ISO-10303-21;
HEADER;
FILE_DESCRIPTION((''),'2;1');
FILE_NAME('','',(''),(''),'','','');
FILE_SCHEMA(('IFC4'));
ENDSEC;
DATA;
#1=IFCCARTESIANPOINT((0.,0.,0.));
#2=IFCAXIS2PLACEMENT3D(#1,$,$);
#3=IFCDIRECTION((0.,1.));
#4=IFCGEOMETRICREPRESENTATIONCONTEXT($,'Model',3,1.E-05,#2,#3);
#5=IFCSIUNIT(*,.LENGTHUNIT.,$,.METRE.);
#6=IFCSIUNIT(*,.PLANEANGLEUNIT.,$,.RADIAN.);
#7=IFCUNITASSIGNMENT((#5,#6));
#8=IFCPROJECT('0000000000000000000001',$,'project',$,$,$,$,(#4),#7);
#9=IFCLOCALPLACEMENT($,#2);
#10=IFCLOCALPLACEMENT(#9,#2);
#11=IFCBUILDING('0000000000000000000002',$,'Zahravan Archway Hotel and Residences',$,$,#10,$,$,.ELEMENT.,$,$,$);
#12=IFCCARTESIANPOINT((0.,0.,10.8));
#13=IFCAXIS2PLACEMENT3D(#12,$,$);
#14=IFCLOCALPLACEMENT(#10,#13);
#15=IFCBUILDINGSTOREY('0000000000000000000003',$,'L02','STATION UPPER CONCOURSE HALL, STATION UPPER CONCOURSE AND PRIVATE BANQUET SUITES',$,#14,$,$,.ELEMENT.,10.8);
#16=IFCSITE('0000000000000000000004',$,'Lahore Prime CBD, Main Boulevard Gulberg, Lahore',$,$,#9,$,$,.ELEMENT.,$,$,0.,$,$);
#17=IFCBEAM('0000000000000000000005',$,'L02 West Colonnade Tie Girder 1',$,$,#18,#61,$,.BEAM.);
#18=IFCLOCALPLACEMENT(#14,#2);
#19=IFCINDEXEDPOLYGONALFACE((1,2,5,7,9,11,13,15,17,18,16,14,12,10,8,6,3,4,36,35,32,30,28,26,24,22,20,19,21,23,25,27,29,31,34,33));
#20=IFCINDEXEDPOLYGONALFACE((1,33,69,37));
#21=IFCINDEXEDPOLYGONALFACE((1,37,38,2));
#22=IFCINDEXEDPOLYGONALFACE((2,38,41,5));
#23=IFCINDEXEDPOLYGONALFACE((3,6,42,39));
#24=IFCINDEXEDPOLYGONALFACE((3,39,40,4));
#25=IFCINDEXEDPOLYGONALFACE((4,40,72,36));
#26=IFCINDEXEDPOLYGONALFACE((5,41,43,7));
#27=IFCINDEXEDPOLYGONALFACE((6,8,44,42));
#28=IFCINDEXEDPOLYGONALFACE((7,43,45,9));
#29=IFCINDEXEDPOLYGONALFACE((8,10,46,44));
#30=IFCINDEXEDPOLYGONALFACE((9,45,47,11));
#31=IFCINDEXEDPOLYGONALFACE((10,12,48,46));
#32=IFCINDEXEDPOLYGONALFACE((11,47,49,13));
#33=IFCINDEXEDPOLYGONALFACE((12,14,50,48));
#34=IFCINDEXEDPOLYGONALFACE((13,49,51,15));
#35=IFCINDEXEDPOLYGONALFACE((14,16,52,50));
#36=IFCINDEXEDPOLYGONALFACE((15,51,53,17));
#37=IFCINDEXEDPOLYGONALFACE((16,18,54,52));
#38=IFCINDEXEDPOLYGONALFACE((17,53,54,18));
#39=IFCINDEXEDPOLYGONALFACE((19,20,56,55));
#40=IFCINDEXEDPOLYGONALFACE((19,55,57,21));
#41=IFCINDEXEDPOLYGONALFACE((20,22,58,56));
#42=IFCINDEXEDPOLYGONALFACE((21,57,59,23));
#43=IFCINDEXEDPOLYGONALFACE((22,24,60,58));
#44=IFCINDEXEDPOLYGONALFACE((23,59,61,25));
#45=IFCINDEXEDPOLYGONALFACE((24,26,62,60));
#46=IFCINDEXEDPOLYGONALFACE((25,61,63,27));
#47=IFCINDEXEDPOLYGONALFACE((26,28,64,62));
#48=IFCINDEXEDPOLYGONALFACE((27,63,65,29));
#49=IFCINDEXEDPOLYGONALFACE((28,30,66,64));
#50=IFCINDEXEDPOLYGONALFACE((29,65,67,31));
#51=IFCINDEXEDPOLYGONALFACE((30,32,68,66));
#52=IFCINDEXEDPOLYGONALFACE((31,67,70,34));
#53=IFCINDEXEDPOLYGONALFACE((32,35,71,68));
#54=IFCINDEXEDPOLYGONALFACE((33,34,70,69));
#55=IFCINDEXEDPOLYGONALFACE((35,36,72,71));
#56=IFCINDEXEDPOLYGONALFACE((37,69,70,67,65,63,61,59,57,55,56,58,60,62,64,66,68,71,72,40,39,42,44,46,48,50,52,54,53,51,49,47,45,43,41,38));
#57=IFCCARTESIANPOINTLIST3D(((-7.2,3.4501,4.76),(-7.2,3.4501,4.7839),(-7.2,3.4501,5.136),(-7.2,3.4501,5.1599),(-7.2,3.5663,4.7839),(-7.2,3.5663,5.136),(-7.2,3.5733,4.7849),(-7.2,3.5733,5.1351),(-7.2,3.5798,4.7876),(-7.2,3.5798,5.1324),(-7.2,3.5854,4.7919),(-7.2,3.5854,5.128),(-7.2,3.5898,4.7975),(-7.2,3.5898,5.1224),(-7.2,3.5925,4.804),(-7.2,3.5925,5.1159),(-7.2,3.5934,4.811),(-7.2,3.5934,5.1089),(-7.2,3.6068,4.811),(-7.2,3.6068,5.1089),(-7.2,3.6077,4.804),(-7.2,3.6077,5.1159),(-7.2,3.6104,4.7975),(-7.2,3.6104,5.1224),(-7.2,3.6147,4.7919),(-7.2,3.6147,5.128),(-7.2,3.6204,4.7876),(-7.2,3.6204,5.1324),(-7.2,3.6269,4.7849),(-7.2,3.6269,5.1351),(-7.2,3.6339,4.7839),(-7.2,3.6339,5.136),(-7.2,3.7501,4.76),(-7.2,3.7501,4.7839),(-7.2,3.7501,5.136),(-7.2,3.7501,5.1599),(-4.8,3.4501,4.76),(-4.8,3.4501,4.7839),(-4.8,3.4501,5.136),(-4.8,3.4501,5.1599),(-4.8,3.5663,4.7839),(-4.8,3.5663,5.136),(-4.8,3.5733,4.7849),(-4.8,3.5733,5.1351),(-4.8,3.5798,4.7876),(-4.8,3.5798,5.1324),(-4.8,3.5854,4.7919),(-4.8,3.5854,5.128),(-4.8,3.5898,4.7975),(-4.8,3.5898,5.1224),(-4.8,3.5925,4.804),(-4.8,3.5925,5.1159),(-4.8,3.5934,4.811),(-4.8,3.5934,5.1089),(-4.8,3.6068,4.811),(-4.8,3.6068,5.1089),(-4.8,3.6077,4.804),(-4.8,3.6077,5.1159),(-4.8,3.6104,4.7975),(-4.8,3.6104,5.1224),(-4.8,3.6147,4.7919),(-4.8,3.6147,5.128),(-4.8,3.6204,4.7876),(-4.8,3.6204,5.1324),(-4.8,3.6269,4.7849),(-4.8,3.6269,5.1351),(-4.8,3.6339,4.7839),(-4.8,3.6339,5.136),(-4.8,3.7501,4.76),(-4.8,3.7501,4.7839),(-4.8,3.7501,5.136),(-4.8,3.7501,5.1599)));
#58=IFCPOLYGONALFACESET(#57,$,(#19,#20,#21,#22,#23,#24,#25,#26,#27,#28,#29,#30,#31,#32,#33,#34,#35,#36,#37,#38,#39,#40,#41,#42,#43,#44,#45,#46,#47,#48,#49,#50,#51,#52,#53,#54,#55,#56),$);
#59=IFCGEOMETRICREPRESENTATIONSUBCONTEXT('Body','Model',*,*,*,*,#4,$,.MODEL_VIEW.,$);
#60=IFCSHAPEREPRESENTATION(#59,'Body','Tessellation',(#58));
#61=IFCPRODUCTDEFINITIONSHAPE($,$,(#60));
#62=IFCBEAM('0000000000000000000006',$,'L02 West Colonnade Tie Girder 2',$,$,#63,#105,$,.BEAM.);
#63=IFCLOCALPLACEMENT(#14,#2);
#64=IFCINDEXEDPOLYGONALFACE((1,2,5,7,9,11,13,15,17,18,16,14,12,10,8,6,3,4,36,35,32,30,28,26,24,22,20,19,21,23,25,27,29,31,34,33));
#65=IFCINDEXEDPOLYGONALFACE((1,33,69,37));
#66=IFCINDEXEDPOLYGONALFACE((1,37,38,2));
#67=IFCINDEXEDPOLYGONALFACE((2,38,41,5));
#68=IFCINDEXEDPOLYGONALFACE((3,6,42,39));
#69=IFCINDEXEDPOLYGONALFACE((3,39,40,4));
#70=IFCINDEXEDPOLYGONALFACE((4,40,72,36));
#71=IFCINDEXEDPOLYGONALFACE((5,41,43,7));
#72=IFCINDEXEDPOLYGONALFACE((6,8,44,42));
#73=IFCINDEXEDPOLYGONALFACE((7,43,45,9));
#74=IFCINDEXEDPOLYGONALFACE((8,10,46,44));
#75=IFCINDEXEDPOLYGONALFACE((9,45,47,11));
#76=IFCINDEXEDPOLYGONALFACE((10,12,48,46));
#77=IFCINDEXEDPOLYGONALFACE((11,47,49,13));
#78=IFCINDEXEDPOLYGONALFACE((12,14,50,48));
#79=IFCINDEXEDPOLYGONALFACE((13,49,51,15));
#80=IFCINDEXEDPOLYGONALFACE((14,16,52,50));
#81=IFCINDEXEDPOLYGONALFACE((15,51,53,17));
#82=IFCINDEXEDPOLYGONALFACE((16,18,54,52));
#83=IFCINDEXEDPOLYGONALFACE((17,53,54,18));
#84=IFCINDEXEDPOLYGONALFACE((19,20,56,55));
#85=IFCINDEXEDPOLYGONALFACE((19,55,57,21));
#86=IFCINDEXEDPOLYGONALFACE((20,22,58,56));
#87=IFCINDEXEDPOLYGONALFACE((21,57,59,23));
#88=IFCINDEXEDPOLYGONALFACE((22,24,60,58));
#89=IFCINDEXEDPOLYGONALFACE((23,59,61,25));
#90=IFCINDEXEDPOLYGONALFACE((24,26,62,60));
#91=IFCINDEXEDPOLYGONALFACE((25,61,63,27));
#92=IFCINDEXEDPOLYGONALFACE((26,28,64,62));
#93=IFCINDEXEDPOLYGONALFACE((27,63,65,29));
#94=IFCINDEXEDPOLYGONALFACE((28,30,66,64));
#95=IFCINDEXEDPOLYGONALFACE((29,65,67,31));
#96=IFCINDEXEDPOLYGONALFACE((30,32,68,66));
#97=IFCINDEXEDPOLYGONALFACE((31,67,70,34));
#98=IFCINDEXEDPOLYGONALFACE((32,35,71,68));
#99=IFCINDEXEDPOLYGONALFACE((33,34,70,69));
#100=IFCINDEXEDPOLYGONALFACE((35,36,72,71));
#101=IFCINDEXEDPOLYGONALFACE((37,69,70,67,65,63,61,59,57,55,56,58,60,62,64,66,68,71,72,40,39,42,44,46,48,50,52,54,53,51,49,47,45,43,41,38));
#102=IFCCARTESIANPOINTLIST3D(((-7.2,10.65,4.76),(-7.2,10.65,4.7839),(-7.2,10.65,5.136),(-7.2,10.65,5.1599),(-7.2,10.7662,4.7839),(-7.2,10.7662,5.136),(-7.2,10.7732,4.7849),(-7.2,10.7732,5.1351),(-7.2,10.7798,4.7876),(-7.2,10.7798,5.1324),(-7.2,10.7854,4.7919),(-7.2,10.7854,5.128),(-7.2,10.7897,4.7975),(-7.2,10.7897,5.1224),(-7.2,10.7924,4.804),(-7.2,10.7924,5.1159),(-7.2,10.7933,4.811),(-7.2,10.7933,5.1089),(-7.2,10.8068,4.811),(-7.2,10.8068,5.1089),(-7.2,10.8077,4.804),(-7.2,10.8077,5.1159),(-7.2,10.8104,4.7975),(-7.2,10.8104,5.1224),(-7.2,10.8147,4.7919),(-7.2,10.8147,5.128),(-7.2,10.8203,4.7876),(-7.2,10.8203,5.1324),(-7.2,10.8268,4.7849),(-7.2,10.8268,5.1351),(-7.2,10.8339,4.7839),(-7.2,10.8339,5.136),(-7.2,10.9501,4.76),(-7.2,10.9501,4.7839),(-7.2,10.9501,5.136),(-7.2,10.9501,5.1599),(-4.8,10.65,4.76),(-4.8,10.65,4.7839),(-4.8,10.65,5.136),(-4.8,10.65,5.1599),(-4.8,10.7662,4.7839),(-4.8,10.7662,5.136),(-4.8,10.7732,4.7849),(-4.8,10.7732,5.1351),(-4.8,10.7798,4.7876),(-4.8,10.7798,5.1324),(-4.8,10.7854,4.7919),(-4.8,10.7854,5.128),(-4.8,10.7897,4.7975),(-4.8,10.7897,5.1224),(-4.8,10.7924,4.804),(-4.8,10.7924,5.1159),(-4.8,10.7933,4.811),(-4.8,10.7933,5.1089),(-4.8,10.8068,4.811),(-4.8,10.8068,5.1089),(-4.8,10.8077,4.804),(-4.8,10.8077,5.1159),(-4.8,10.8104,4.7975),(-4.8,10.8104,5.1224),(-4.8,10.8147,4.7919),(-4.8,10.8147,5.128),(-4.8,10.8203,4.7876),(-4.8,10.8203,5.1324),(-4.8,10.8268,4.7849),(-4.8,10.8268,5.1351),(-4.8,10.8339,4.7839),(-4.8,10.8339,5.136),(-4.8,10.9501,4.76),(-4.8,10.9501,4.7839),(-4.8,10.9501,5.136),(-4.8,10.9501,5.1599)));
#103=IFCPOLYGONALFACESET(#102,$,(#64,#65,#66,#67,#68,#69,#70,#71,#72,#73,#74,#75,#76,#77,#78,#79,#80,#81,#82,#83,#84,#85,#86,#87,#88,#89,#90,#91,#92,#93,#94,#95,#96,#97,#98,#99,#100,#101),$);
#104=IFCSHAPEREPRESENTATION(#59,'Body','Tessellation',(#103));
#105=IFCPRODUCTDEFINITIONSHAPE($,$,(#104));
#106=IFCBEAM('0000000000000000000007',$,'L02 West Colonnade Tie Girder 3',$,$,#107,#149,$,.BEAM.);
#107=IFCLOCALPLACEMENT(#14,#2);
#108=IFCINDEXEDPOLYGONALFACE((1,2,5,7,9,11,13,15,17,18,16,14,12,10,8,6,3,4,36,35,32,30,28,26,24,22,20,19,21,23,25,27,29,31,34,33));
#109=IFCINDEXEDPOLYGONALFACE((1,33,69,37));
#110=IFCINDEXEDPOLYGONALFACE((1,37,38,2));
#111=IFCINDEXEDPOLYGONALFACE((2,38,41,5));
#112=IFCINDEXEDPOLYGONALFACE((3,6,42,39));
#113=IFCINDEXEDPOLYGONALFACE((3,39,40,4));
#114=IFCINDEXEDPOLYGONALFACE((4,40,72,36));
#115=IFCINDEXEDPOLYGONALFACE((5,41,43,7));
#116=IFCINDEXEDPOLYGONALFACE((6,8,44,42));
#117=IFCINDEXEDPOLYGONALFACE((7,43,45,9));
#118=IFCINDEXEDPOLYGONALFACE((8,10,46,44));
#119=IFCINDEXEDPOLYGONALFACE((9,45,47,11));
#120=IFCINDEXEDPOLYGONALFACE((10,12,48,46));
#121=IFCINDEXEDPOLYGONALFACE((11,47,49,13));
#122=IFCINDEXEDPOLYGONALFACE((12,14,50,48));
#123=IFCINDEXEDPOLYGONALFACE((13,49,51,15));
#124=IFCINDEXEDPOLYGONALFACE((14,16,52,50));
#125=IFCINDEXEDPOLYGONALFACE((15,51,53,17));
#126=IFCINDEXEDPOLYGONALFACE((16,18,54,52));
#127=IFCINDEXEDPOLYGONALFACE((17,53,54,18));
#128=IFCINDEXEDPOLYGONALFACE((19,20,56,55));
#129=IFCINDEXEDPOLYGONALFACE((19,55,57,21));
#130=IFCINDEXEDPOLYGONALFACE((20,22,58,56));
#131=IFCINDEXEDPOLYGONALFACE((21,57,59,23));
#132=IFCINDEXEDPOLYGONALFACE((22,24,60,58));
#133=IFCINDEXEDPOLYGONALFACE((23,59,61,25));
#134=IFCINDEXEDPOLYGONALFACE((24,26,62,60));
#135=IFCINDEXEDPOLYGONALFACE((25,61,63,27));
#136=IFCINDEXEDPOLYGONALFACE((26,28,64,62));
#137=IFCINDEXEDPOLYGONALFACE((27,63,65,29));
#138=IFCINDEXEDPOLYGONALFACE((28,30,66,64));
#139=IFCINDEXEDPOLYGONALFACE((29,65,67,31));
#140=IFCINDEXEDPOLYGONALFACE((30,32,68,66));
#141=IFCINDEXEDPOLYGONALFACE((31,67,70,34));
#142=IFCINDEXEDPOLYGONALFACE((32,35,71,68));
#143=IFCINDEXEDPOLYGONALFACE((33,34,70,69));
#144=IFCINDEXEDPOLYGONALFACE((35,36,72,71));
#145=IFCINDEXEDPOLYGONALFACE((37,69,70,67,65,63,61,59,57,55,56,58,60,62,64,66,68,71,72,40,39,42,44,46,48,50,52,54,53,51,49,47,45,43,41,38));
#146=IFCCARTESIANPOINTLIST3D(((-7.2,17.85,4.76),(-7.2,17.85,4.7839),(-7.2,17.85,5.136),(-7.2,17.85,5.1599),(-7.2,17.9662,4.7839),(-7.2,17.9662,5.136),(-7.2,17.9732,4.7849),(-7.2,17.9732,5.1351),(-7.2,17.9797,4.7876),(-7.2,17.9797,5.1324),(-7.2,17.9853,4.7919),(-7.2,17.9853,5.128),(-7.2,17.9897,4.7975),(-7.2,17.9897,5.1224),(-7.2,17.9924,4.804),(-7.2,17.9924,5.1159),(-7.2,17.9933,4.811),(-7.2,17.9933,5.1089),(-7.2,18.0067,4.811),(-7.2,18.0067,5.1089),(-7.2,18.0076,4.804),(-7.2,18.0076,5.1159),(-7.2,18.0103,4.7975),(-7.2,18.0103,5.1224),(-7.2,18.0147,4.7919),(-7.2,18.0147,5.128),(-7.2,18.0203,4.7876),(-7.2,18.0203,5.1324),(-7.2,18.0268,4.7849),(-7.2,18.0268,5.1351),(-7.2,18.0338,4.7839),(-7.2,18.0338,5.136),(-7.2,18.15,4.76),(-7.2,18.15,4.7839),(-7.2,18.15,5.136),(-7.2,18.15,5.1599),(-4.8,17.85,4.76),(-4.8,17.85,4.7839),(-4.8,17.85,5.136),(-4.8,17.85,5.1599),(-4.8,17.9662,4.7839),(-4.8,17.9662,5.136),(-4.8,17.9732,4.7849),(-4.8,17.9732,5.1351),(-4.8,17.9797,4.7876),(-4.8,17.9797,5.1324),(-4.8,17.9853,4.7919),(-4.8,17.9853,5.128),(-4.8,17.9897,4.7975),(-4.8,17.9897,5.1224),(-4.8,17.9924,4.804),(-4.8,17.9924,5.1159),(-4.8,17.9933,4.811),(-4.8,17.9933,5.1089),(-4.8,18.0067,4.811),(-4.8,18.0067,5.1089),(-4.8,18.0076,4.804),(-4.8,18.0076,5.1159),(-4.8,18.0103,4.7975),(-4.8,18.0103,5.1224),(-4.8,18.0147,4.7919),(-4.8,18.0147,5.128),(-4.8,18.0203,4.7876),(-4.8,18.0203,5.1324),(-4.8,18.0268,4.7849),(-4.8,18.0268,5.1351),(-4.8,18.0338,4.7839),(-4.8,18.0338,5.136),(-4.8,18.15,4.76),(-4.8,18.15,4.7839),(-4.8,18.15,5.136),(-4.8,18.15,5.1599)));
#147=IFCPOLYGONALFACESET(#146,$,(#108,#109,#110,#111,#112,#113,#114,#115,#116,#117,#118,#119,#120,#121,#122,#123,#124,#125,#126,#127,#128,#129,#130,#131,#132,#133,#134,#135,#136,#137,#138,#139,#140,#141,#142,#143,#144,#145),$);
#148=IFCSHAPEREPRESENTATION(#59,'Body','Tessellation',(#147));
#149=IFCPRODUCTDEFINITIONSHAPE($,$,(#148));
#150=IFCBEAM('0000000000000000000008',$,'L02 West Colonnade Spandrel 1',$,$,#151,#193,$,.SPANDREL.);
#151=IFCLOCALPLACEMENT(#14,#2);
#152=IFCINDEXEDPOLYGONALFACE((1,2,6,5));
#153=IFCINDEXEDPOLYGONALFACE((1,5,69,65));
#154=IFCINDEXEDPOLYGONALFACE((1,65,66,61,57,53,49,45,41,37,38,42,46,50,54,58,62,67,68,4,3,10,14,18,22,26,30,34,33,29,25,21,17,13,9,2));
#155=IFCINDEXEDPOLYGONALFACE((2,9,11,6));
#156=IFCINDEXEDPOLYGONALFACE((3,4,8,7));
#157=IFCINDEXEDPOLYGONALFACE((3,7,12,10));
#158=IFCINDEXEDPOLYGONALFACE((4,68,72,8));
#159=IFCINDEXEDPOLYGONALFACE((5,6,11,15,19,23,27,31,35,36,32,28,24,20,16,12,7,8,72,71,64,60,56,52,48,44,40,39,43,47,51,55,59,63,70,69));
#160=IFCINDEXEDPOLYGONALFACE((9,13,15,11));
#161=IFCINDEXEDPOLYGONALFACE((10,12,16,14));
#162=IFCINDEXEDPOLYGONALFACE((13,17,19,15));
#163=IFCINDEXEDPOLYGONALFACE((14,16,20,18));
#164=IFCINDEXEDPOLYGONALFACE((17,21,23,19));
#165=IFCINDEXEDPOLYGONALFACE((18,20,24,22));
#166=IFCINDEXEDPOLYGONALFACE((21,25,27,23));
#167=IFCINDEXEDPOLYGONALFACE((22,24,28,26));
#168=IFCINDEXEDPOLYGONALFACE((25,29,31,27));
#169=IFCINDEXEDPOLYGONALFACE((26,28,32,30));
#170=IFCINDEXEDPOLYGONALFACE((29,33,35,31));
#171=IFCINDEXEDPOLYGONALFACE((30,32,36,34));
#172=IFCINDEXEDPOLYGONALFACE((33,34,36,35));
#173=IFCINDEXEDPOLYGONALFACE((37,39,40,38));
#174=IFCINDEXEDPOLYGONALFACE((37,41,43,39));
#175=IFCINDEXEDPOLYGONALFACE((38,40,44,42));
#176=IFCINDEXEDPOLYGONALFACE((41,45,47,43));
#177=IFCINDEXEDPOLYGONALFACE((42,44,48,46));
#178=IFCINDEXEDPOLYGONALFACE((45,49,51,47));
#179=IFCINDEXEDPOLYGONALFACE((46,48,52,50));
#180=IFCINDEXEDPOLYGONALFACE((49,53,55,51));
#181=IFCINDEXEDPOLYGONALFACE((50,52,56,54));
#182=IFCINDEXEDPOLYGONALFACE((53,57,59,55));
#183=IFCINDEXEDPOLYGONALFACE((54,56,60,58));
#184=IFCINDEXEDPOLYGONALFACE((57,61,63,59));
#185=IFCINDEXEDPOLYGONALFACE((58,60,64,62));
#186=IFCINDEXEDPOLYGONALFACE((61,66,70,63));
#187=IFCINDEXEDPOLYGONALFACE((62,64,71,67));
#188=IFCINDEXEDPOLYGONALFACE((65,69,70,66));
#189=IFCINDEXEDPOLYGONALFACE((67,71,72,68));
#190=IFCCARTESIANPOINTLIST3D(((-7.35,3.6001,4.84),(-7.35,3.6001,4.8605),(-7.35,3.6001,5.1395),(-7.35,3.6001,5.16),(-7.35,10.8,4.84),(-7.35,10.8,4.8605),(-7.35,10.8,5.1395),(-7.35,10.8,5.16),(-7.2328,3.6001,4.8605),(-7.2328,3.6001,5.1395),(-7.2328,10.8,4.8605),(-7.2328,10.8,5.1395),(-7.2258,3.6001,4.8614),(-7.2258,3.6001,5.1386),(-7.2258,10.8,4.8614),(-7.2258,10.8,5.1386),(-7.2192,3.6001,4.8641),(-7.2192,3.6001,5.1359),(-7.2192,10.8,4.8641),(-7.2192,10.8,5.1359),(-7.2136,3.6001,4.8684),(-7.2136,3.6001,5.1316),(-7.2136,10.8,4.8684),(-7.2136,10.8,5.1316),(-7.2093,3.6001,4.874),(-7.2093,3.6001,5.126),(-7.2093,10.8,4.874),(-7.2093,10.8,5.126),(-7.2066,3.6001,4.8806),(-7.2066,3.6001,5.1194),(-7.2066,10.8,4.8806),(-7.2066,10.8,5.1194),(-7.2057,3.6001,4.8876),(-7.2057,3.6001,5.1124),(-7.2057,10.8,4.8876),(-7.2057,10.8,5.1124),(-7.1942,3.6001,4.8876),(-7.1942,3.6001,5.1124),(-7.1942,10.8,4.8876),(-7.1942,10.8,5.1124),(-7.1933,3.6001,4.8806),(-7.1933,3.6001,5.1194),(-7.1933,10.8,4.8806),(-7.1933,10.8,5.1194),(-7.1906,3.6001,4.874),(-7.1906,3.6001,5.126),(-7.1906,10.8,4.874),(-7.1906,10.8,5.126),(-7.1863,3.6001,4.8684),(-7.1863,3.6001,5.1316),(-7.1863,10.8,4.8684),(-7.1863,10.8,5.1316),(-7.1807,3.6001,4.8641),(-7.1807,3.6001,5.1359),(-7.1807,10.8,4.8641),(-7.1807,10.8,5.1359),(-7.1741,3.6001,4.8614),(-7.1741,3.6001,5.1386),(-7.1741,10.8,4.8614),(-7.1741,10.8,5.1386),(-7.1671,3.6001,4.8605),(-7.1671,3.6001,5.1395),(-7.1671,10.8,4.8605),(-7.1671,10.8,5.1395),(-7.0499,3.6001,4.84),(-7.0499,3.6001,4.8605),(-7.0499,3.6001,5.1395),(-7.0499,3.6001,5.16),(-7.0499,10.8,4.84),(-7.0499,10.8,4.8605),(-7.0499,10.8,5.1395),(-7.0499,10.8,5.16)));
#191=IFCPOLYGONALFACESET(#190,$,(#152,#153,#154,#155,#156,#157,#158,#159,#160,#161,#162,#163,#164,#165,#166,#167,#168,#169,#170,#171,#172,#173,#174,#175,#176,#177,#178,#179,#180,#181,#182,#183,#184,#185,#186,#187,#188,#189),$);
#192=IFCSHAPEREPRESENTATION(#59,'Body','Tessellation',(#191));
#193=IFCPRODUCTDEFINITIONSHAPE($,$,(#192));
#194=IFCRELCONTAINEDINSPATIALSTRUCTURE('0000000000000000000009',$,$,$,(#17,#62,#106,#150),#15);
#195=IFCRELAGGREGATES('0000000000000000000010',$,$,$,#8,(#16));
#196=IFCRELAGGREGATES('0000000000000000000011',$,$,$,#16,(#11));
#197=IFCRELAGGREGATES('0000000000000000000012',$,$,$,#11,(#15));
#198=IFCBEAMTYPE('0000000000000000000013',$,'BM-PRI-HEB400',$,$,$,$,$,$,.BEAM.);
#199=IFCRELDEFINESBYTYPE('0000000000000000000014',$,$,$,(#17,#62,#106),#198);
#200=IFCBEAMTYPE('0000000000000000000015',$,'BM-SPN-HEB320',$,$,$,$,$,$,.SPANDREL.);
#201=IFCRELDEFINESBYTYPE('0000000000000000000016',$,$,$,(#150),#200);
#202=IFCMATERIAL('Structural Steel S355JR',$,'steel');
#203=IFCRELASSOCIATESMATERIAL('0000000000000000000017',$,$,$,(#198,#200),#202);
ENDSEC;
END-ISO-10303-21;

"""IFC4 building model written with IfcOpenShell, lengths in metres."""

from ifc_helpers import new_model, si_unit, direction, frame, origin, origin_2d, place, context, subcontext, project, spatial, i_section, extrude, source, transform, mapped, material, material_profile, profile_set, type_object, type_shapes, element, save


model = new_model("IFC4")

# Units and contexts
model_context = context("Model", 3, precision=1e-05, world=origin(), true_north=direction((0.0, 1.0)))
body_context = subcontext(model_context, "Body", "Model", "MODEL_VIEW")
ifc_project = project(units=[si_unit("LENGTHUNIT", "METRE"), si_unit("PLANEANGLEUNIT", "RADIAN")], contexts=[model_context])

# Site, building, storey
site_placement = place(None, origin())
site = spatial("IfcSite", under=ifc_project, at=site_placement, Name="Lahore Prime CBD, Main Boulevard Gulberg, Lahore", CompositionType="ELEMENT", RefElevation=0.0)
building_placement = place(site_placement, origin())
building = spatial("IfcBuilding", under=site, at=building_placement, Name="Zahravan Archway Hotel and Residences", CompositionType="ELEMENT")
storey_placement = place(building_placement, frame((0.0, 0.0, 10.8)))
storey = spatial("IfcBuildingStorey", under=building, at=storey_placement, Name="L02", Description="STATION UPPER CONCOURSE HALL, STATION UPPER CONCOURSE AND PRIVATE BANQUET SUITES", CompositionType="ELEMENT", Elevation=10.8)

# Beams
ifc_material_1 = material(Name="Structural Steel S355JR", Category="steel")
ifc_material_profile_1 = material_profile(ifc_material_1, i_section(OverallWidth=0.3, OverallDepth=0.3999, WebThickness=0.0134, FlangeThickness=0.0239, FilletRadius=0.0271, at=origin_2d()), Name="HEB 400", Category="steel")
ifc_profile_set_1 = profile_set([ifc_material_profile_1], Name="Structural Steel S355JR")
beam_type_1 = type_object("IfcBeamType", Name="BM-PRI-HEB400", PredefinedType="BEAM", material=ifc_profile_set_1)
shared_shape_1 = source(origin(), body_context, "Body", "SweptSolid", [
    extrude(i_section(OverallWidth=0.3, OverallDepth=0.3999, WebThickness=0.0134, FlangeThickness=0.0239, FilletRadius=0.0271, at=origin_2d()), origin(), (0.0, 0.0, 1.0), 2.3999),
])
for number, where, z_axis, x_axis, name in (
    (1, (-7.2, 3.6001, 4.96), (1.0, 0.0, 0.0), (0.0, 1.0, 0.0), "L02 West Colonnade Tie Girder 1"),
    (2, (-7.2, 10.8, 4.96), (1.0, 0.0, 0.0), (0.0, 1.0, 0.0), "L02 West Colonnade Tie Girder 2"),
    (3, (-7.2, 18.0, 4.96), (1.0, 0.0, 0.0), (0.0, 1.0, 0.0), "L02 West Colonnade Tie Girder 3"),
):
    element("IfcBeam", number, at=place(storey_placement, frame(where, z_axis=z_axis, x_axis=x_axis)), inside=storey, type_object=beam_type_1, Name=name, PredefinedType="BEAM", context=body_context, shape_type="MappedRepresentation", body=[
        mapped(shared_shape_1, transform((0.0, 0.0, 0.0), scale=1.0)),
    ])
ifc_material_profile_2 = material_profile(ifc_material_1, i_section(OverallWidth=0.3, OverallDepth=0.3201, WebThickness=0.0115, FlangeThickness=0.0205, FilletRadius=0.0271, at=origin_2d()), Name="HEB 320", Category="steel")
ifc_profile_set_2 = profile_set([ifc_material_profile_2], Name="Structural Steel S355JR")
beam_type_2 = type_object("IfcBeamType", Name="BM-SPN-HEB320", PredefinedType="SPANDREL", material=ifc_profile_set_2)
shared_shape_2 = source(origin(), body_context, "Body", "SweptSolid", [
    extrude(i_section(OverallWidth=0.3, OverallDepth=0.3201, WebThickness=0.0115, FlangeThickness=0.0205, FilletRadius=0.0271, at=origin_2d()), origin(), (0.0, 0.0, 1.0), 7.2),
])
type_shapes(beam_type_2, [shared_shape_2])
for number, where, z_axis, x_axis, name in (
    (4, (-7.2, 3.6001, 5.0), (0.0, 1.0, 0.0), (-1.0, 0.0, 0.0), "L02 West Colonnade Spandrel 1"),
):
    element("IfcBeam", number, at=place(storey_placement, frame(where, z_axis=z_axis, x_axis=x_axis)), inside=storey, type_object=beam_type_2, Name=name, PredefinedType="SPANDREL", context=body_context, shape_type="MappedRepresentation", body=[
        mapped(shared_shape_2, transform((0.0, 0.0, 0.0), scale=1.0)),
    ])

save(model, "model.ifc")
